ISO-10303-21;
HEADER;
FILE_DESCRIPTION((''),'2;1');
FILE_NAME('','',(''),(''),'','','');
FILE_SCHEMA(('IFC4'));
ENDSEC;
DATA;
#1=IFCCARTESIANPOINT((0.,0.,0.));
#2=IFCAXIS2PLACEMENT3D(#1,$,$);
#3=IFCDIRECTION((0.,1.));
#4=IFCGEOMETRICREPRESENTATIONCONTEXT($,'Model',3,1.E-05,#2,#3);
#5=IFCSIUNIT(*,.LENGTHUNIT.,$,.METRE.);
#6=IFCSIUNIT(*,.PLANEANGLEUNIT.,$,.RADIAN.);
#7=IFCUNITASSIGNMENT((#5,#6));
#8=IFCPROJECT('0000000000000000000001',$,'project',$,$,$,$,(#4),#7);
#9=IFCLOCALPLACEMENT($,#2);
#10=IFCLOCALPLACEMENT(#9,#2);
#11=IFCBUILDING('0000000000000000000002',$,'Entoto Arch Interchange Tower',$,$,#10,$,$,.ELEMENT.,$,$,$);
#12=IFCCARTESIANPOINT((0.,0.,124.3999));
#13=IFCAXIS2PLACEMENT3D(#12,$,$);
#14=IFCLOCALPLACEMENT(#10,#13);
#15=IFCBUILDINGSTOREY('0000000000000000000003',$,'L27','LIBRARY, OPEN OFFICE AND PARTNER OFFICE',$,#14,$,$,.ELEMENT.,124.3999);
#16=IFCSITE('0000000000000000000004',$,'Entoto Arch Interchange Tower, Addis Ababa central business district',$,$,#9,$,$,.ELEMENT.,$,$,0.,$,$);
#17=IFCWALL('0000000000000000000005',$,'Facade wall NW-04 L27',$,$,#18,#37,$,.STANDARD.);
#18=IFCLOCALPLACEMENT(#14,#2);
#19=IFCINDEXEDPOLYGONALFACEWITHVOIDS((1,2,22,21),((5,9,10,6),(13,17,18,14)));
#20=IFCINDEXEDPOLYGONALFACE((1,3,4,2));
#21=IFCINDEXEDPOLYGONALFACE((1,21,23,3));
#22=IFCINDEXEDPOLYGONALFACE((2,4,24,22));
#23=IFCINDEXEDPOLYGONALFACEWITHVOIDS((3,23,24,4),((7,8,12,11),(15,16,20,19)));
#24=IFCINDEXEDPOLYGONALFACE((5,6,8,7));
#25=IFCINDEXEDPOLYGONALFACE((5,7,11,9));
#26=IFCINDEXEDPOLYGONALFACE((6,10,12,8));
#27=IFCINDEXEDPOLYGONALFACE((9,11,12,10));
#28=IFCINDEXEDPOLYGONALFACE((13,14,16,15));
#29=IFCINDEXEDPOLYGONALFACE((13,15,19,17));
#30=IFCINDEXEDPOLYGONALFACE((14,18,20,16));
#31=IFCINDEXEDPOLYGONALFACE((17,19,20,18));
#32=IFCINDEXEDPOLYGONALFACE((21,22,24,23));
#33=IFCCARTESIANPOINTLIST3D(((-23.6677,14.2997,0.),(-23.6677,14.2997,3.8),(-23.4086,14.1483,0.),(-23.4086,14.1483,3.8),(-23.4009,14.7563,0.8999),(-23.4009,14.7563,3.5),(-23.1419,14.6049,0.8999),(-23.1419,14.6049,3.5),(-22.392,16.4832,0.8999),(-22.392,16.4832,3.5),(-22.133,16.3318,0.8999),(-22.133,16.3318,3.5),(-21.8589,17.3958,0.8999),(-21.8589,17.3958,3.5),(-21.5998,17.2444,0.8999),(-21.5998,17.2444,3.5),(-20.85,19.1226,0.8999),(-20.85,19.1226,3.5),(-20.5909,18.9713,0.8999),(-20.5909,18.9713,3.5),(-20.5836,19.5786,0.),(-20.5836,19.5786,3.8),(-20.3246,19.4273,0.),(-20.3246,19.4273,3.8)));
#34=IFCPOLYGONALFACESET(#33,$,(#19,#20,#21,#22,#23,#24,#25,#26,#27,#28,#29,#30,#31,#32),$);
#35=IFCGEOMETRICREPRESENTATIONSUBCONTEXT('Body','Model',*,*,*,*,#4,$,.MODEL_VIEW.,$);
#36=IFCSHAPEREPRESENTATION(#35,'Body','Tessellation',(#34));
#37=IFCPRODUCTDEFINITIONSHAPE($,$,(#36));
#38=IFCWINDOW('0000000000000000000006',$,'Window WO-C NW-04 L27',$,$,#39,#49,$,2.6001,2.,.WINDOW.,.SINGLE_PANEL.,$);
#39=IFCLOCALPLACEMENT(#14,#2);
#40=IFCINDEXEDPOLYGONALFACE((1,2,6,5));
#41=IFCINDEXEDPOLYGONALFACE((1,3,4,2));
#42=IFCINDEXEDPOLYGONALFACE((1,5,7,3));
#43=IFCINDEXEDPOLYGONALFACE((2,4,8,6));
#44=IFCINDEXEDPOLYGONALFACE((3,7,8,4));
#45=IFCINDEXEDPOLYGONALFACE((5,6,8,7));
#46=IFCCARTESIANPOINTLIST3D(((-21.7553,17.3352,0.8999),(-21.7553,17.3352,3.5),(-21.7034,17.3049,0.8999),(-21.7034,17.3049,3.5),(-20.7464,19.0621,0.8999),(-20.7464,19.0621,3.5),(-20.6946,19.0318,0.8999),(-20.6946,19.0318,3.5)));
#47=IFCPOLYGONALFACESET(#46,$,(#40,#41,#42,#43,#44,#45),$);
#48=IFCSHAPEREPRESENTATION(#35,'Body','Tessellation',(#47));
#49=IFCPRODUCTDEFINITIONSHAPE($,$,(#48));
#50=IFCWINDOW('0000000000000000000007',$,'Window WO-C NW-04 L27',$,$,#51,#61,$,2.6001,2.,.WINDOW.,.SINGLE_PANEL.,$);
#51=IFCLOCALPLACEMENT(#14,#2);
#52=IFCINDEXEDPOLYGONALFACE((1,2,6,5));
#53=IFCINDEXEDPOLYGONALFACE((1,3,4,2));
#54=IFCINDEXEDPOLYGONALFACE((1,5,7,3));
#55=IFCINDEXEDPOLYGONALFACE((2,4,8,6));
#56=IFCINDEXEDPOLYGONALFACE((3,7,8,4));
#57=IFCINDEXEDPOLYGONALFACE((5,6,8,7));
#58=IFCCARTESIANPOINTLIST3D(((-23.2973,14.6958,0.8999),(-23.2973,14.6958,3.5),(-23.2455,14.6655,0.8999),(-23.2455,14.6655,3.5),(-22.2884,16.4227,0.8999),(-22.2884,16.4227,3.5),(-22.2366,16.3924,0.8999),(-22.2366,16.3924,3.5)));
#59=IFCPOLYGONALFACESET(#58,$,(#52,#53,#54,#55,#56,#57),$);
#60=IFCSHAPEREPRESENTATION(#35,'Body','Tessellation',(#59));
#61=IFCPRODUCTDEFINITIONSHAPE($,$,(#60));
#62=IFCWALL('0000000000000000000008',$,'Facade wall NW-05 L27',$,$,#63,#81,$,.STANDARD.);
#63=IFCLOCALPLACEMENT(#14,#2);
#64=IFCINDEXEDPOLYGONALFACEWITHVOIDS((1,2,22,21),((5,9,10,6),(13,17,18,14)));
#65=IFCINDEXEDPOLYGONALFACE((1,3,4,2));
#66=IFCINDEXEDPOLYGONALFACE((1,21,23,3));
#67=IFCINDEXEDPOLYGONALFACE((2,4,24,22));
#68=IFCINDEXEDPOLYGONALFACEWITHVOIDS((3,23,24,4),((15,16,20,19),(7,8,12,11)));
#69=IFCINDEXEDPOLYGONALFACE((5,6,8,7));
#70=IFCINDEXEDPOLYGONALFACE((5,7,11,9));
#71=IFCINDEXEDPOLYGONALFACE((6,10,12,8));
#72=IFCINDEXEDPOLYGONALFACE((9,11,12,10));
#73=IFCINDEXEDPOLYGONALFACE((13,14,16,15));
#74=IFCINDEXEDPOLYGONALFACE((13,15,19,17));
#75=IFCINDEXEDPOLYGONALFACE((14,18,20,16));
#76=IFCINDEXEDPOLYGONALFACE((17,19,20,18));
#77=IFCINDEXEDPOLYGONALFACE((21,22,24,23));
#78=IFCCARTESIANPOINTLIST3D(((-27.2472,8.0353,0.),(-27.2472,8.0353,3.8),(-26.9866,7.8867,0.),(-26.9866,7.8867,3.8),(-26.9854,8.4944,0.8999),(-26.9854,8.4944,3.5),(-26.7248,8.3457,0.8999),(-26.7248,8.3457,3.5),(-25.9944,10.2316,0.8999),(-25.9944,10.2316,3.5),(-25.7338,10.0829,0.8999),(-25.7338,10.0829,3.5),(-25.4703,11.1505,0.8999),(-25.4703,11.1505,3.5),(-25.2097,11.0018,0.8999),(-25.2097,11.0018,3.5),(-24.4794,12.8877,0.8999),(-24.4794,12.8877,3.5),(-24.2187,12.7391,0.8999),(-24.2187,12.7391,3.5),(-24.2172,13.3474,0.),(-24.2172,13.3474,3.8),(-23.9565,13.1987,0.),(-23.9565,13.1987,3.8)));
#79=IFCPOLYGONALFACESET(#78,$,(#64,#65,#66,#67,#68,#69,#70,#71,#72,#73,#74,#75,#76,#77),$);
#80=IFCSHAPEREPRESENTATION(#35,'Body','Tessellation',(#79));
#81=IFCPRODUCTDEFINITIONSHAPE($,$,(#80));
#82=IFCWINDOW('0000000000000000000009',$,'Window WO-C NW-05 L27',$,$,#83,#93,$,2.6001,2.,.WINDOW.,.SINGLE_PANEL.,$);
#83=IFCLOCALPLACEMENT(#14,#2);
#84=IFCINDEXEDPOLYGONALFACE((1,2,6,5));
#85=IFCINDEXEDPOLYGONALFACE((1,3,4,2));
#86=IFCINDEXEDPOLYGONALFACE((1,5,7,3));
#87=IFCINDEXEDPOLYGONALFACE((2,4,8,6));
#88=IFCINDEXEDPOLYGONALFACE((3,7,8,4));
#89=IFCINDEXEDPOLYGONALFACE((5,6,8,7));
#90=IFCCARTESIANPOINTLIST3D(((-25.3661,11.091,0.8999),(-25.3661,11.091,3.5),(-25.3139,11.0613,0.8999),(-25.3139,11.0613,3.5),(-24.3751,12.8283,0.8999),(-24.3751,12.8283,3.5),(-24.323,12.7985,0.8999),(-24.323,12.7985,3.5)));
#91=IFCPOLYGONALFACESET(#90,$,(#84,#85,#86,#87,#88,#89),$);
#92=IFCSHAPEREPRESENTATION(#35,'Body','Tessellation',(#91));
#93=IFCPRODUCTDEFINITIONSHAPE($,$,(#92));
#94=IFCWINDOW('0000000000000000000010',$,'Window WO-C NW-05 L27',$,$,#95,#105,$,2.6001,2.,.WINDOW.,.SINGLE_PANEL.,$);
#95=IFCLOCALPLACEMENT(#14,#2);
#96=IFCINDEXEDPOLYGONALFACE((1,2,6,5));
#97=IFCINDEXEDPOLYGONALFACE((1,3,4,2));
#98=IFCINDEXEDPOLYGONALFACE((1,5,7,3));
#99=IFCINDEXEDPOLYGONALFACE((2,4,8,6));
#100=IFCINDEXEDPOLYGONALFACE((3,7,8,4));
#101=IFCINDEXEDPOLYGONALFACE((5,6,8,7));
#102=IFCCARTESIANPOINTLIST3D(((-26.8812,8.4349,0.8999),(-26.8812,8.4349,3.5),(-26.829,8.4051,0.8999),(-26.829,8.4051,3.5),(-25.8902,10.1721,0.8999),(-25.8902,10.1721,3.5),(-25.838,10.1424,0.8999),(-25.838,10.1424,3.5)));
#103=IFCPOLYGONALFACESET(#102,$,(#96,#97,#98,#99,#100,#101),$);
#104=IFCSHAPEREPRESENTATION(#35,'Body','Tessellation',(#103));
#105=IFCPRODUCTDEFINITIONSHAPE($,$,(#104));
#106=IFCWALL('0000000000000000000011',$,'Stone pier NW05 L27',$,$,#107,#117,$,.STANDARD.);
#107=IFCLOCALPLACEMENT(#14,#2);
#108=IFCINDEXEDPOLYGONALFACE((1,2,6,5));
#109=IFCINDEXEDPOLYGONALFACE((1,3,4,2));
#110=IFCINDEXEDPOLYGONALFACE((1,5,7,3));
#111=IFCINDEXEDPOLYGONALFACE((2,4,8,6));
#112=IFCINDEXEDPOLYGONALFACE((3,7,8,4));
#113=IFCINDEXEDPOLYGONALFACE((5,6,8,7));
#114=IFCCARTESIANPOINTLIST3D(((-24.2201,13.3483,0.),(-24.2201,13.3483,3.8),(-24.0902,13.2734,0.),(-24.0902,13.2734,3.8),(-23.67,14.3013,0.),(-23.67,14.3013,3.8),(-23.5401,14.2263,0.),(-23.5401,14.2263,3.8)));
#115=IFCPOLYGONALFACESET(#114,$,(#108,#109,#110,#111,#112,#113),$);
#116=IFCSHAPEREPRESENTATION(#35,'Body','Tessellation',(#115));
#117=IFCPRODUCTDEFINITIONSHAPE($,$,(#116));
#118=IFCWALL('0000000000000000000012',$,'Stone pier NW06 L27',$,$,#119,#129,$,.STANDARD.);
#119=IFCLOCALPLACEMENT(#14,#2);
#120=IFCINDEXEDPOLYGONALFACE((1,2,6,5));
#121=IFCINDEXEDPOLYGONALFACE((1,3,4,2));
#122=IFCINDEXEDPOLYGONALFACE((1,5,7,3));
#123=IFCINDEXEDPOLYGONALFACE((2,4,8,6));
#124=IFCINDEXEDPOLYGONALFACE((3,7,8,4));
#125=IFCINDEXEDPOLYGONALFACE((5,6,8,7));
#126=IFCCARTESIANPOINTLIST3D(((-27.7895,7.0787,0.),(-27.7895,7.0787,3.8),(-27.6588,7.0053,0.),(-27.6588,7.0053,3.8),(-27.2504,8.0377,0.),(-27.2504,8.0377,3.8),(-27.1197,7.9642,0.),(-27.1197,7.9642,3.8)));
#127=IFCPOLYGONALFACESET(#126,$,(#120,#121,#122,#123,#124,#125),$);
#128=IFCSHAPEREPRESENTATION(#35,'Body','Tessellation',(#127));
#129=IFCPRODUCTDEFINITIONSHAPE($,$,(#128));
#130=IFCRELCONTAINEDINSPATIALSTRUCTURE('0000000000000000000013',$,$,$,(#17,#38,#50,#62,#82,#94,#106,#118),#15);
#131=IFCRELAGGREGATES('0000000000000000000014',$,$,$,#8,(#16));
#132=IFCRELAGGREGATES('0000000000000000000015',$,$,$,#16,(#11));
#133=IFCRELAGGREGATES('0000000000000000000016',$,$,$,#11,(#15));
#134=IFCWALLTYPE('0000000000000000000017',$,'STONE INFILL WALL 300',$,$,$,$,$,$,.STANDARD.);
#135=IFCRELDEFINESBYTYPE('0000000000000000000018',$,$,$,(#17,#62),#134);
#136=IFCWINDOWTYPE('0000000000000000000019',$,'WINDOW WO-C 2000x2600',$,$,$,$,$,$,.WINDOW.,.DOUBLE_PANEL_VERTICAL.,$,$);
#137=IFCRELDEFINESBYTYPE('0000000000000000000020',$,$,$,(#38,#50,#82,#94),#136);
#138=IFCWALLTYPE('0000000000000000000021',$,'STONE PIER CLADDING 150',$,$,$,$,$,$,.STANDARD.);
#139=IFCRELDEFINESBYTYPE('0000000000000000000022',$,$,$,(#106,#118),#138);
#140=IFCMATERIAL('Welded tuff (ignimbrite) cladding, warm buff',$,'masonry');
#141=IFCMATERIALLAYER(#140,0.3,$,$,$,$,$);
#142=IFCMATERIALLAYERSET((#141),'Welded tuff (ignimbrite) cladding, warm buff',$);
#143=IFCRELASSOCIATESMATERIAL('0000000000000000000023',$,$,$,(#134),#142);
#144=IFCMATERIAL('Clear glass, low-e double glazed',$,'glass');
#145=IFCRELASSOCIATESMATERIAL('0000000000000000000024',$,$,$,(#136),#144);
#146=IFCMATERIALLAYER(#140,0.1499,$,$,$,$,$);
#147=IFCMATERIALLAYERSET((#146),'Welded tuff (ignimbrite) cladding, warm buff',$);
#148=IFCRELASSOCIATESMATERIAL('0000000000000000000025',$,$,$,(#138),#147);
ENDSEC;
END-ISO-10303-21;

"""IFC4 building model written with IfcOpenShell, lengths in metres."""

from ifc_helpers import new_model, si_unit, direction, frame, frame_2d, origin, place, context, subcontext, project, spatial, rectangle, extrude, material, layer, layer_set, type_object, element, fill, save


model = new_model("IFC4")

# Units and contexts
model_context = context("Model", 3, precision=1e-05, world=origin(), true_north=direction((0.0, 1.0)))
body_context = subcontext(model_context, "Body", "Model", "MODEL_VIEW")
ifc_project = project(units=[si_unit("LENGTHUNIT", "METRE"), si_unit("PLANEANGLEUNIT", "RADIAN")], contexts=[model_context])

# Site, building, storey
site_placement = place(None, origin())
site = spatial("IfcSite", under=ifc_project, at=site_placement, Name="Entoto Arch Interchange Tower, Addis Ababa central business district", CompositionType="ELEMENT", RefElevation=0.0)
building_placement = place(site_placement, origin())
building = spatial("IfcBuilding", under=site, at=building_placement, Name="Entoto Arch Interchange Tower", CompositionType="ELEMENT")
storey_placement = place(building_placement, frame((0.0, 0.0, 124.3999)))
storey = spatial("IfcBuildingStorey", under=building, at=storey_placement, Name="L27", Description="LIBRARY, OPEN OFFICE AND PARTNER OFFICE", CompositionType="ELEMENT", Elevation=124.3999)

# Walls, openings, windows
ifc_material_1 = material(Name="Welded tuff (ignimbrite) cladding, warm buff", Category="masonry")
ifc_layer_1 = layer(ifc_material_1, 0.3)
ifc_layer_set_1 = layer_set([ifc_layer_1], Name="Welded tuff (ignimbrite) cladding, warm buff")
wall_type_1 = type_object("IfcWallType", Name="STONE INFILL WALL 300", PredefinedType="STANDARD", material=ifc_layer_set_1)
wall_1_placement = place(storey_placement, frame((-20.4541, 19.5029, 0.0), z_axis=(0.0, 0.0, 1.0), x_axis=(-0.504442, -0.863446, 0.0)))
wall_1 = element("IfcWall", 1, at=wall_1_placement, inside=storey, type_object=wall_type_1, Name="Facade wall NW-04 L27", PredefinedType="STANDARD", context=body_context, shape_type="SweptSolid", body=[
    extrude(rectangle(XDim=6.1138, YDim=0.3, at=frame_2d((3.0569, 0.0))), origin(), (0.0, 0.0, 1.0), 3.8),
])
opening_1_placement = place(wall_1_placement, frame((0.5281, 0.0, 0.8999)))
opening_1 = element("IfcOpeningElement", 2, at=opening_1_placement, cuts=wall_1, PredefinedType="OPENING", context=body_context, shape_type="SweptSolid", body=[
    extrude(rectangle(XDim=2.0, YDim=2.6001, at=frame_2d((1.0, 1.3))), frame((0.0, 0.1602, 0.0), z_axis=(0.0, -1.0, 0.0), x_axis=(1.0, 0.0, 0.0)), (0.0, 0.0, 1.0), 0.3201),
])
opening_2_placement = place(wall_1_placement, frame((3.585, 0.0, 0.8999)))
opening_2 = element("IfcOpeningElement", 3, at=opening_2_placement, cuts=wall_1, PredefinedType="OPENING", context=body_context, shape_type="SweptSolid", body=[
    extrude(rectangle(XDim=2.0, YDim=2.6001, at=frame_2d((1.0, 1.3))), frame((0.0, 0.1602, 0.0), z_axis=(0.0, -1.0, 0.0), x_axis=(1.0, 0.0, 0.0)), (0.0, 0.0, 1.0), 0.3201),
])
ifc_material_2 = material(Name="Clear glass, low-e double glazed", Category="glass")
window_type = type_object("IfcWindowType", Name="WINDOW WO-C 2000x2600", PartitioningType="DOUBLE_PANEL_VERTICAL", PredefinedType="WINDOW", material=ifc_material_2)
window_1_placement = place(opening_1_placement, origin())
window_1 = element("IfcWindow", 4, at=window_1_placement, inside=storey, type_object=window_type, Name="Window WO-C NW-04 L27", OverallHeight=2.6001, OverallWidth=2.0, PartitioningType="SINGLE_PANEL", PredefinedType="WINDOW", context=body_context, shape_type="SweptSolid", body=[
    extrude(rectangle(XDim=2.0, YDim=2.6001, at=frame_2d((1.0, 1.3))), frame((0.0, 0.03, 0.0), z_axis=(0.0, -1.0, 0.0), x_axis=(1.0, 0.0, 0.0)), (0.0, 0.0, 1.0), 0.0601),
])
fill(opening_1, window_1)
window_2_placement = place(opening_2_placement, origin())
window_2 = element("IfcWindow", 5, at=window_2_placement, inside=storey, type_object=window_type, Name="Window WO-C NW-04 L27", OverallHeight=2.6001, OverallWidth=2.0, PartitioningType="SINGLE_PANEL", PredefinedType="WINDOW", context=body_context, shape_type="SweptSolid", body=[
    extrude(rectangle(XDim=2.0, YDim=2.6001, at=frame_2d((1.0, 1.3))), frame((0.0, 0.03, 0.0), z_axis=(0.0, -1.0, 0.0), x_axis=(1.0, 0.0, 0.0)), (0.0, 0.0, 1.0), 0.0601),
])
fill(opening_2, window_2)
wall_2_placement = place(storey_placement, frame((-24.0869, 13.2729, 0.0), z_axis=(0.0, 0.0, 1.0), x_axis=(-0.495472, -0.868624, 0.0)))
wall_2 = element("IfcWall", 6, at=wall_2_placement, inside=storey, type_object=wall_type_1, Name="Facade wall NW-05 L27", PredefinedType="STANDARD", context=body_context, shape_type="SweptSolid", body=[
    extrude(rectangle(XDim=6.1155, YDim=0.3, at=frame_2d((3.0576, 0.0))), origin(), (0.0, 0.0, 1.0), 3.8),
])
opening_3_placement = place(wall_2_placement, frame((0.5291, 0.0, 0.8999)))
opening_3 = element("IfcOpeningElement", 7, at=opening_3_placement, cuts=wall_2, PredefinedType="OPENING", context=body_context, shape_type="SweptSolid", body=[
    extrude(rectangle(XDim=2.0, YDim=2.6001, at=frame_2d((1.0, 1.3))), frame((0.0, 0.1602, 0.0), z_axis=(0.0, -1.0, 0.0), x_axis=(1.0, 0.0, 0.0)), (0.0, 0.0, 1.0), 0.3201),
])
opening_4_placement = place(wall_2_placement, frame((3.5869, 0.0, 0.8999)))
opening_4 = element("IfcOpeningElement", 8, at=opening_4_placement, cuts=wall_2, PredefinedType="OPENING", context=body_context, shape_type="SweptSolid", body=[
    extrude(rectangle(XDim=2.0, YDim=2.6001, at=frame_2d((1.0, 1.3))), frame((0.0, 0.1602, 0.0), z_axis=(0.0, -1.0, 0.0), x_axis=(1.0, 0.0, 0.0)), (0.0, 0.0, 1.0), 0.3201),
])
window_3_placement = place(opening_3_placement, origin())
window_3 = element("IfcWindow", 9, at=window_3_placement, inside=storey, type_object=window_type, Name="Window WO-C NW-05 L27", OverallHeight=2.6001, OverallWidth=2.0, PartitioningType="SINGLE_PANEL", PredefinedType="WINDOW", context=body_context, shape_type="SweptSolid", body=[
    extrude(rectangle(XDim=2.0, YDim=2.6001, at=frame_2d((1.0, 1.3))), frame((0.0, 0.03, 0.0), z_axis=(0.0, -1.0, 0.0), x_axis=(1.0, 0.0, 0.0)), (0.0, 0.0, 1.0), 0.0601),
])
fill(opening_3, window_3)
window_4_placement = place(opening_4_placement, origin())
window_4 = element("IfcWindow", 10, at=window_4_placement, inside=storey, type_object=window_type, Name="Window WO-C NW-05 L27", OverallHeight=2.6001, OverallWidth=2.0, PartitioningType="SINGLE_PANEL", PredefinedType="WINDOW", context=body_context, shape_type="SweptSolid", body=[
    extrude(rectangle(XDim=2.0, YDim=2.6001, at=frame_2d((1.0, 1.3))), frame((0.0, 0.03, 0.0), z_axis=(0.0, -1.0, 0.0), x_axis=(1.0, 0.0, 0.0)), (0.0, 0.0, 1.0), 0.0601),
])
fill(opening_4, window_4)

# Walls
ifc_layer_2 = layer(ifc_material_1, 0.1499)
ifc_layer_set_2 = layer_set([ifc_layer_2], Name="Welded tuff (ignimbrite) cladding, warm buff")
wall_type_2 = type_object("IfcWallType", Name="STONE PIER CLADDING 150", PredefinedType="STANDARD", material=ifc_layer_set_2)
wall_3_placement = place(storey_placement, frame((-23.605, 14.2639, 0.0), z_axis=(0.0, 0.0, 1.0), x_axis=(-0.499934, -0.866064, 0.0)))
element("IfcWall", 11, at=wall_3_placement, inside=storey, type_object=wall_type_2, Name="Stone pier NW05 L27", PredefinedType="STANDARD", context=body_context, shape_type="SweptSolid", body=[
    extrude(rectangle(XDim=1.1003, YDim=0.1499, at=frame_2d((0.5503, 0.0))), origin(), (0.0, 0.0, 1.0), 3.8),
])
wall_4_placement = place(storey_placement, frame((-27.1851, 8.001, 0.0), z_axis=(0.0, 0.0, 1.0), x_axis=(-0.490008, -0.871718, 0.0)))
element("IfcWall", 12, at=wall_4_placement, inside=storey, type_object=wall_type_2, Name="Stone pier NW06 L27", PredefinedType="STANDARD", context=body_context, shape_type="SweptSolid", body=[
    extrude(rectangle(XDim=1.1001, YDim=0.1499, at=frame_2d((0.55, 0.0))), origin(), (0.0, 0.0, 1.0), 3.8),
])

save(model, "model.ifc")
